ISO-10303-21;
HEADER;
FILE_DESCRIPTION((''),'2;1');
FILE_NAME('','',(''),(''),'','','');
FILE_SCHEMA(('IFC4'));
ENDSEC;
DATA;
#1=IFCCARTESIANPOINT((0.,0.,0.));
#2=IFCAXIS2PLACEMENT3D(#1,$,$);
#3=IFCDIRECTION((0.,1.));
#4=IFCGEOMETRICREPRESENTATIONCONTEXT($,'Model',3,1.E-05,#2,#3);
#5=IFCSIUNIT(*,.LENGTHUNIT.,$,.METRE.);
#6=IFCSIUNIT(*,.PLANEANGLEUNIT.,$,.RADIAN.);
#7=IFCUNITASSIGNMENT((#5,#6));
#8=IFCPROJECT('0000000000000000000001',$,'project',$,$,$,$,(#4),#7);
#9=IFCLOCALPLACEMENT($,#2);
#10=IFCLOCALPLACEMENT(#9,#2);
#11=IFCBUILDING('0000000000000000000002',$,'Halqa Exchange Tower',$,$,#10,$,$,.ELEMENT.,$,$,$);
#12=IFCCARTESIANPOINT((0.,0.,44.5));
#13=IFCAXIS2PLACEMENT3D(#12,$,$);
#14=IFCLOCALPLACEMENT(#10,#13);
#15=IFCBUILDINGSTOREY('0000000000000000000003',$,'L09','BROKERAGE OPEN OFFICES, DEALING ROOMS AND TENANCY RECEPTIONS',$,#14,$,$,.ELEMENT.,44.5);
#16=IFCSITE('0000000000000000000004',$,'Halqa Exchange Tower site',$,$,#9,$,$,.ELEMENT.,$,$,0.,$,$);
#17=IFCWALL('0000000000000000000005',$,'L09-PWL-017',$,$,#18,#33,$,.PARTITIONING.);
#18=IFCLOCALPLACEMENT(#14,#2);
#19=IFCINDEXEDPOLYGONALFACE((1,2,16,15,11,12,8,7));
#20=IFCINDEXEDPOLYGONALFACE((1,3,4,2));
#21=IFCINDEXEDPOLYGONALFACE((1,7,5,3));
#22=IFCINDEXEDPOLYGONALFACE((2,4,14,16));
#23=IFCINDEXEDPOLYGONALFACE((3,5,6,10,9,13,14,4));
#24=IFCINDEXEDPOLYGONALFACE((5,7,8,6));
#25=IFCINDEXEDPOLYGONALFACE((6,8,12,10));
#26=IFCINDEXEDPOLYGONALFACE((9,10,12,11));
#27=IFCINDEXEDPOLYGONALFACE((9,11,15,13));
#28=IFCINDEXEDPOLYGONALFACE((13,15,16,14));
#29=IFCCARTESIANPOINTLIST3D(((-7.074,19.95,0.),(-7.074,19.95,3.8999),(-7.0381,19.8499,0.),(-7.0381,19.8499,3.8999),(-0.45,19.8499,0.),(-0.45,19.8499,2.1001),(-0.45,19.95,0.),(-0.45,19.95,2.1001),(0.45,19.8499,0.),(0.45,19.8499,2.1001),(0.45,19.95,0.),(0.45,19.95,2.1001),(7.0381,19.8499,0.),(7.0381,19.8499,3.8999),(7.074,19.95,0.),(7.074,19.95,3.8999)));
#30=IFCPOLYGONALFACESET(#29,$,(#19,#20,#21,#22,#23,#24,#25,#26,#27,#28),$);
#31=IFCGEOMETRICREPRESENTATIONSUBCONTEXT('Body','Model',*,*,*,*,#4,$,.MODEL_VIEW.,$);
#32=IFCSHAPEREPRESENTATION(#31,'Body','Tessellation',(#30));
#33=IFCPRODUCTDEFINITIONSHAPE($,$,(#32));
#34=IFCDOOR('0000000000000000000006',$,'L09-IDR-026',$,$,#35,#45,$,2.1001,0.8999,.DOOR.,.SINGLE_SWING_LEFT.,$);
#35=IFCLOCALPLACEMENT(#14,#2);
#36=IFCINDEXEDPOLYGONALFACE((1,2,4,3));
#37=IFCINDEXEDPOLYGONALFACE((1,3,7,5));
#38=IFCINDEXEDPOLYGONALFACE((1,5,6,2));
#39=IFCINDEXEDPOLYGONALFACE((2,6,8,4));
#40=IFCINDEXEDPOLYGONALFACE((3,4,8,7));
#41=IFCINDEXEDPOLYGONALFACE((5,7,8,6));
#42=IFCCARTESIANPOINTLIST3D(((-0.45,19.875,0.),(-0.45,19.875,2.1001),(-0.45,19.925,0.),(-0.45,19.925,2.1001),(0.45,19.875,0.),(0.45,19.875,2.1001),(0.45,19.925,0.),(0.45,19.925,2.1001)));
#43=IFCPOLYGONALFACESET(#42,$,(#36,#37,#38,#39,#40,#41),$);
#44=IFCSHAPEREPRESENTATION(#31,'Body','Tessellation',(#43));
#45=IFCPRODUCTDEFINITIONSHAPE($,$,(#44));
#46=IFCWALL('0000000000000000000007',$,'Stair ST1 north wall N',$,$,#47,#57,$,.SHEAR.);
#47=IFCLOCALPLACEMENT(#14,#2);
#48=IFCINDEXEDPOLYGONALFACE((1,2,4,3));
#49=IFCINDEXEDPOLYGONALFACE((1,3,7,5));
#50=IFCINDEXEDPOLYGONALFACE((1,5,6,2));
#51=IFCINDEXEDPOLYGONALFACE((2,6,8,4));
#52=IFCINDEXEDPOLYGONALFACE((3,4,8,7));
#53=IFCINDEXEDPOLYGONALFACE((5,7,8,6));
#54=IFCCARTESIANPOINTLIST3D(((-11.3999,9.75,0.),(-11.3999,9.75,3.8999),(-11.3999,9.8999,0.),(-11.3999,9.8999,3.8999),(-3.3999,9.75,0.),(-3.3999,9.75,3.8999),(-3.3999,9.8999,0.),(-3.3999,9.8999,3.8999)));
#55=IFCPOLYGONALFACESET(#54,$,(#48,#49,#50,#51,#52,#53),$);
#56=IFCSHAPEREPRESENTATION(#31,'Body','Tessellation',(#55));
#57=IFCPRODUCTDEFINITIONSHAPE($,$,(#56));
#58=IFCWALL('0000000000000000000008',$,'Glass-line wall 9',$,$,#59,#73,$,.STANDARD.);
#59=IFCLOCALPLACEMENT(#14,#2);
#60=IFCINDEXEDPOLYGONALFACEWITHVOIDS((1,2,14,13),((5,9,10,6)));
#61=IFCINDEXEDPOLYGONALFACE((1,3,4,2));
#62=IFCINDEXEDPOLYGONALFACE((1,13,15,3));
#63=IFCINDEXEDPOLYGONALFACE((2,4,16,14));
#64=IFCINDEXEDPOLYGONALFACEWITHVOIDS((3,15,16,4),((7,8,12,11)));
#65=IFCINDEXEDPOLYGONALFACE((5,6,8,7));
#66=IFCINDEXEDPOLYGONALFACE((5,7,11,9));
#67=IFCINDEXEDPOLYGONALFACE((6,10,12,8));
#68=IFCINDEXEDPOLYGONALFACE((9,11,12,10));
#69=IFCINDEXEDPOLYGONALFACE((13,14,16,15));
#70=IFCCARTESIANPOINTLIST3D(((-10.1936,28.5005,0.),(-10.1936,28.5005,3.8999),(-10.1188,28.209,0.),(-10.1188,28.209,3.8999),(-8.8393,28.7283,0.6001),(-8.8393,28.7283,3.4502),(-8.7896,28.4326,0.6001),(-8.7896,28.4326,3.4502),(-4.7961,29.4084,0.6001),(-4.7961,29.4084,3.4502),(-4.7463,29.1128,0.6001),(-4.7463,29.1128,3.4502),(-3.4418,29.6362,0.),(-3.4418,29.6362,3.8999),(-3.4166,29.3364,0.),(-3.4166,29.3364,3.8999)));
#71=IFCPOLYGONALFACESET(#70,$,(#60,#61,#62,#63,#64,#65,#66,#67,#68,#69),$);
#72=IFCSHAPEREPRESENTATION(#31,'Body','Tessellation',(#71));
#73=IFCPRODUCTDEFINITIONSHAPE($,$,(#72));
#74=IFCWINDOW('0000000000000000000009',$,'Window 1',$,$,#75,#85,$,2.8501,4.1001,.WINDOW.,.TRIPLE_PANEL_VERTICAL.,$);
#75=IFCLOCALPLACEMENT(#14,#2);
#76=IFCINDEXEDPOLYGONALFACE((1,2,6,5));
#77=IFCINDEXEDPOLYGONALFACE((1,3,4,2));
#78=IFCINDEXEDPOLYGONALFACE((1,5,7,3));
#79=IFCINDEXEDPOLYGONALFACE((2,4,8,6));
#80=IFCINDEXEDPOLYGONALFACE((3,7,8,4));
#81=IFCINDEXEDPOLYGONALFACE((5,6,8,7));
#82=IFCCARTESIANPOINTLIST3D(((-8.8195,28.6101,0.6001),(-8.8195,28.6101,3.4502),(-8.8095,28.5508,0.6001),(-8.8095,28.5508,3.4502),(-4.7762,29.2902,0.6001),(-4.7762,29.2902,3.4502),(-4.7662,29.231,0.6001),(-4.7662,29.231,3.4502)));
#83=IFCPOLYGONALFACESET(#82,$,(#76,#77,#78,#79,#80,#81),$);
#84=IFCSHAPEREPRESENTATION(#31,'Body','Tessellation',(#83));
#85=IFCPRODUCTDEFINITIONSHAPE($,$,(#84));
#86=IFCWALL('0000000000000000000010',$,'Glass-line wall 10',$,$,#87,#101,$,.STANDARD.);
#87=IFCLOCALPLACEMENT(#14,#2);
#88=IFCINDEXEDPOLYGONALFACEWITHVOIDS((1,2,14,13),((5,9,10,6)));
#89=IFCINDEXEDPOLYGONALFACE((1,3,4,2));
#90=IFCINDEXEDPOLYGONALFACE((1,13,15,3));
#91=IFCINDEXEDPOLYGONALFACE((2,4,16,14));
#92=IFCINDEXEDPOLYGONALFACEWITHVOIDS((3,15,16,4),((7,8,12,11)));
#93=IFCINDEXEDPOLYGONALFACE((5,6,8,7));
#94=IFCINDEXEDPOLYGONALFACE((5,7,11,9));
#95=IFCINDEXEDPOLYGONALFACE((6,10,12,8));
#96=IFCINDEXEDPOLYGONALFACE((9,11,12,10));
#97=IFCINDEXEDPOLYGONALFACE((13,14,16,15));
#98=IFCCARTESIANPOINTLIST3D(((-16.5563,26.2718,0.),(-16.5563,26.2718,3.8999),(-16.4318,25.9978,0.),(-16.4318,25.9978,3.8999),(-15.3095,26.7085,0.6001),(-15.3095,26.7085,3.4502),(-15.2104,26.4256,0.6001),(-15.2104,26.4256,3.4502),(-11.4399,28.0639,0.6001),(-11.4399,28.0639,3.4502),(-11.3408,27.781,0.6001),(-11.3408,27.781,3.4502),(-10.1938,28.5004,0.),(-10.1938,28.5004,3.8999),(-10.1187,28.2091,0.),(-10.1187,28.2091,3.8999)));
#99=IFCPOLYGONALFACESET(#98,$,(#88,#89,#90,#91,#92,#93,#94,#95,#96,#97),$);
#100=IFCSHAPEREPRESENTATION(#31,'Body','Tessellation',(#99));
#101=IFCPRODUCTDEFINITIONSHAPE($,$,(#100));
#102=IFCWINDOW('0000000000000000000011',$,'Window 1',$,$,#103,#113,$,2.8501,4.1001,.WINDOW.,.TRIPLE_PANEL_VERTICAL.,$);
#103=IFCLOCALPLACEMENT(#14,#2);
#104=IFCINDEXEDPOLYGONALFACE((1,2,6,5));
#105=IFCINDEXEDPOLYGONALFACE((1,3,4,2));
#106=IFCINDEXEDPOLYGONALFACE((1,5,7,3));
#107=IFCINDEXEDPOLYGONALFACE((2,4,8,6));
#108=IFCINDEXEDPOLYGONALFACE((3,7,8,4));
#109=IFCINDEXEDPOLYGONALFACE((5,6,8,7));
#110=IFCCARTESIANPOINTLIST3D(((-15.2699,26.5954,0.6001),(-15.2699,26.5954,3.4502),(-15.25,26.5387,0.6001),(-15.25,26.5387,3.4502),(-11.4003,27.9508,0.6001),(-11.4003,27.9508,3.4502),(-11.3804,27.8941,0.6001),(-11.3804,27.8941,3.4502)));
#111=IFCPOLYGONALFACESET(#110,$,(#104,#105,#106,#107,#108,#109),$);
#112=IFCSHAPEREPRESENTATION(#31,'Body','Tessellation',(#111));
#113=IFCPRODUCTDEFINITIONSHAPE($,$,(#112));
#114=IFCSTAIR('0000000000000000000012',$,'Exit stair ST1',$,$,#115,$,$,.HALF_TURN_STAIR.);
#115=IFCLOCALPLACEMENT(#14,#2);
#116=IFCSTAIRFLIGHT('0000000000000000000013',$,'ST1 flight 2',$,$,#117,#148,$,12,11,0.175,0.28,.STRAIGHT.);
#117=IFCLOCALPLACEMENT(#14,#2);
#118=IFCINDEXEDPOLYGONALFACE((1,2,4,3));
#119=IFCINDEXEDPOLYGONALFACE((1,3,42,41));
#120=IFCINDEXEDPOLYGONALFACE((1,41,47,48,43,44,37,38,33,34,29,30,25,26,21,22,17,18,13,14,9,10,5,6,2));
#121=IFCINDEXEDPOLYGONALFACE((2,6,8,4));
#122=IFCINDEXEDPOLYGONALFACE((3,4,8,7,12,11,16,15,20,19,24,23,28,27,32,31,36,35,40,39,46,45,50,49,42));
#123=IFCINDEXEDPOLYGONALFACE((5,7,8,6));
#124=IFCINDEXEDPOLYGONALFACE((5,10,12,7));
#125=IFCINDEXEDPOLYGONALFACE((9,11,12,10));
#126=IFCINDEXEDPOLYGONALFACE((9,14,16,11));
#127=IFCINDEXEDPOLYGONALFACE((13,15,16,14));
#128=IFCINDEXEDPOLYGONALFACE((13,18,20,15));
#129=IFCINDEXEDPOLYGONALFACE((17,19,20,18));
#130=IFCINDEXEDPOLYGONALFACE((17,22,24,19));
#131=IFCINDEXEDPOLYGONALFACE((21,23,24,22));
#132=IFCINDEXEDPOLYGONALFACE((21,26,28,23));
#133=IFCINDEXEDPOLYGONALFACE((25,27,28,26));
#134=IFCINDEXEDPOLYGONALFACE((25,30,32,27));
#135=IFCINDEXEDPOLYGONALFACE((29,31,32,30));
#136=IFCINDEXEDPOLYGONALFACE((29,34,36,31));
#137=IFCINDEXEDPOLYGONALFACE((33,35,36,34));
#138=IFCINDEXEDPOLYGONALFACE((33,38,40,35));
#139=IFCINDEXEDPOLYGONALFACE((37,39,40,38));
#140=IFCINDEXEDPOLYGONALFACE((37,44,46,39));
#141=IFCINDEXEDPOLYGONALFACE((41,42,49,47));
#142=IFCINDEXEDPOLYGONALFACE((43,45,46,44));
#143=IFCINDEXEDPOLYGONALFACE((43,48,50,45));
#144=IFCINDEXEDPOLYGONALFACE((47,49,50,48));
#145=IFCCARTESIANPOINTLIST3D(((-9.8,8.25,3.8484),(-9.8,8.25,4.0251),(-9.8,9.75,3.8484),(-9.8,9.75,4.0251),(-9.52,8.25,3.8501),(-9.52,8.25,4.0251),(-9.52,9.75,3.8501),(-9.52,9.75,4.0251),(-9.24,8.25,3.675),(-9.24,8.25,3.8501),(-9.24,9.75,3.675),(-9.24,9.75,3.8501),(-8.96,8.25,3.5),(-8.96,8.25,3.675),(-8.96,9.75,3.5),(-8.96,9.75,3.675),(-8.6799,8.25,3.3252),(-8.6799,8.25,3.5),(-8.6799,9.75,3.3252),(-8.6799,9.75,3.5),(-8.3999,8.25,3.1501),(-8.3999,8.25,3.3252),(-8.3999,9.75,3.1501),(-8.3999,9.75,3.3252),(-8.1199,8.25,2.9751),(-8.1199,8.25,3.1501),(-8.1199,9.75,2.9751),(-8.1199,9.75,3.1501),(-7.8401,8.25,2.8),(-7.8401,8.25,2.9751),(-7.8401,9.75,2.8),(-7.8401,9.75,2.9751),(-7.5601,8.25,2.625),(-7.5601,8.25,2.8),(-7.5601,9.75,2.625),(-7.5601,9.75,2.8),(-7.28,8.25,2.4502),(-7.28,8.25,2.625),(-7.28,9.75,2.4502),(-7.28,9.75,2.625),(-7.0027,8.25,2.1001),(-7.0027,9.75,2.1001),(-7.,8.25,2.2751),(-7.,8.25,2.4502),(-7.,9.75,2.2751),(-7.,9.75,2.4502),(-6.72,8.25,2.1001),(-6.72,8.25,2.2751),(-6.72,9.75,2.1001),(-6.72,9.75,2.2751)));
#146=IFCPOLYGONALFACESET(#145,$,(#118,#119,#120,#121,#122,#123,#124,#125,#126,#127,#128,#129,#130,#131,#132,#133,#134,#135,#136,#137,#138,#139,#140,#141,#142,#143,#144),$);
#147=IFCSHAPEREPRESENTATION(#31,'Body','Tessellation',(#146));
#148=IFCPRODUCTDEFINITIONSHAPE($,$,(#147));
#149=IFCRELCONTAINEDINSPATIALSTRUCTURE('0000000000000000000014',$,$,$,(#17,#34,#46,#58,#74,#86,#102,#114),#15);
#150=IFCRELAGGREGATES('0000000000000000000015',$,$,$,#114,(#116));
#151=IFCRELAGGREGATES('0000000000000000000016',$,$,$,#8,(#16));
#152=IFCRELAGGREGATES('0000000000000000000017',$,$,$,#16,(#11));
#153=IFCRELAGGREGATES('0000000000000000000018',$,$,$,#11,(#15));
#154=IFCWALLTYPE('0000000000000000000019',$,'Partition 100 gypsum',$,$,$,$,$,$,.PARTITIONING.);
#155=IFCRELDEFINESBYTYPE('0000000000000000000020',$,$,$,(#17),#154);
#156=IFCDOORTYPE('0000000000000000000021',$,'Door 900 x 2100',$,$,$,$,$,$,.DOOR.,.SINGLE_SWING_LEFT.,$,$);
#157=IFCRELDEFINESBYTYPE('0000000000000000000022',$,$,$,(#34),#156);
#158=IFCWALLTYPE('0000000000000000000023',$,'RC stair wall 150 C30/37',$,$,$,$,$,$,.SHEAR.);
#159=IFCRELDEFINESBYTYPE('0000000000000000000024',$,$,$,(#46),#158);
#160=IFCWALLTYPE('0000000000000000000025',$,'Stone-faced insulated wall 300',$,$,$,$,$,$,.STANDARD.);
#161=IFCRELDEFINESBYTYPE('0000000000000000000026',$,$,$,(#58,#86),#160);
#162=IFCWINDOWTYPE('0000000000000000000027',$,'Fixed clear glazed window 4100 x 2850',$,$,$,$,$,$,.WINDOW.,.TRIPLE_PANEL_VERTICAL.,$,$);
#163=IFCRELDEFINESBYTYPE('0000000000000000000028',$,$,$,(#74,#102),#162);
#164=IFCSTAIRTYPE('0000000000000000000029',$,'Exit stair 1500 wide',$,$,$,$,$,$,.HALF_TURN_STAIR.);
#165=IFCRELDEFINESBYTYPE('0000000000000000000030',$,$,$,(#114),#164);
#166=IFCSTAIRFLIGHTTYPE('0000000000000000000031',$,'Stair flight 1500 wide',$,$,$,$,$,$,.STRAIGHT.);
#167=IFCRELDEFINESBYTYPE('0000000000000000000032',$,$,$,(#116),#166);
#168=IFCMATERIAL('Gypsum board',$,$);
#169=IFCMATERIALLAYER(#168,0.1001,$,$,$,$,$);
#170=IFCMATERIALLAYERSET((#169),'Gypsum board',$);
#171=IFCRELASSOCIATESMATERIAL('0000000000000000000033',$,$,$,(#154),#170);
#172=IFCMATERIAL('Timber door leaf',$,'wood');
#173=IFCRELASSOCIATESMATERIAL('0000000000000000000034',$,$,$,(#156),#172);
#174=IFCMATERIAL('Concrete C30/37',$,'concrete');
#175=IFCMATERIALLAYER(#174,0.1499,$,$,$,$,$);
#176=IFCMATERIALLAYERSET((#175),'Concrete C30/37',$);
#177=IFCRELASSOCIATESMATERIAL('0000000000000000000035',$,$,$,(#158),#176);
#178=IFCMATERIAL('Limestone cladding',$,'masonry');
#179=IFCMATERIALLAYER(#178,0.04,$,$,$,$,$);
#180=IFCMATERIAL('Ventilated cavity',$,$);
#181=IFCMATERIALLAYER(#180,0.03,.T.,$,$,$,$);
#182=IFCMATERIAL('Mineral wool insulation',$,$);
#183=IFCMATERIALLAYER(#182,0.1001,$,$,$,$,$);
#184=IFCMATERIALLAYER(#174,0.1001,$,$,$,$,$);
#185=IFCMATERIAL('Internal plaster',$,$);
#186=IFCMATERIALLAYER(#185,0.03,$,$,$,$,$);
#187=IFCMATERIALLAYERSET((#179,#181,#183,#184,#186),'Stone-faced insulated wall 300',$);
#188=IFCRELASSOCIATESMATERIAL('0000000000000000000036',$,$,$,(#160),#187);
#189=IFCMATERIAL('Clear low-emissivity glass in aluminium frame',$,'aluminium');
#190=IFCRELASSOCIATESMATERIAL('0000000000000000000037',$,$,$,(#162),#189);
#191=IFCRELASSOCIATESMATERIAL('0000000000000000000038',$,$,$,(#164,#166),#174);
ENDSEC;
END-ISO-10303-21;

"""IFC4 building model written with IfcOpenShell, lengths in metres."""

from ifc_helpers import new_model, si_unit, direction, frame, frame_2d, origin, place, context, subcontext, project, spatial, polyline, rectangle, outline, extrude, material, layer, layer_set, type_object, element, fill, aggregate, save


model = new_model("IFC4")

# Units and contexts
model_context = context("Model", 3, precision=1e-05, world=origin(), true_north=direction((0.0, 1.0)))
body_context = subcontext(model_context, "Body", "Model", "MODEL_VIEW")
ifc_project = project(units=[si_unit("LENGTHUNIT", "METRE"), si_unit("PLANEANGLEUNIT", "RADIAN")], contexts=[model_context])

# Site, building, storey
site_placement = place(None, origin())
site = spatial("IfcSite", under=ifc_project, at=site_placement, Name="Halqa Exchange Tower site", CompositionType="ELEMENT", RefElevation=0.0)
building_placement = place(site_placement, origin())
building = spatial("IfcBuilding", under=site, at=building_placement, Name="Halqa Exchange Tower", CompositionType="ELEMENT")
storey_placement = place(building_placement, frame((0.0, 0.0, 44.5)))
storey = spatial("IfcBuildingStorey", under=building, at=storey_placement, Name="L09", Description="BROKERAGE OPEN OFFICES, DEALING ROOMS AND TENANCY RECEPTIONS", CompositionType="ELEMENT", Elevation=44.5)

# Wall, opening, door
ifc_material_1 = material(Name="Gypsum board")
ifc_layer_1 = layer(ifc_material_1, 0.1001)
ifc_layer_set_1 = layer_set([ifc_layer_1], Name="Gypsum board")
wall_type_1 = type_object("IfcWallType", Name="Partition 100 gypsum", PredefinedType="PARTITIONING", material=ifc_layer_set_1)
wall_1_placement = place(storey_placement, frame((-7.074, 19.8999, 0.0), z_axis=(0.0, 0.0, 1.0), x_axis=(1.0, 0.0, 0.0)))
wall_1 = element("IfcWall", 1, at=wall_1_placement, inside=storey, type_object=wall_type_1, Name="L09-PWL-017", PredefinedType="PARTITIONING", context=body_context, shape_type="SweptSolid", body=[
    extrude(outline(polyline([(0.0359, -0.05), (1.7954, -0.05), (3.5549, -0.05), (5.3145, -0.05), (7.074, -0.05), (8.8335, -0.05), (10.593, -0.05), (12.3525, -0.05), (14.1121, -0.05), (14.1479, 0.05), (14.1479, 0.05), (12.3794, 0.05), (10.6108, 0.05), (8.8425, 0.05), (7.074, 0.05), (5.3054, 0.05), (3.5371, 0.05), (1.7686, 0.05), (0.0, 0.05), (0.0, 0.05), (0.0359, -0.05)])), origin(), (0.0, 0.0, 1.0), 3.8999),
])
opening_1_placement = place(wall_1_placement, frame((6.624, 0.0, 0.0)))
opening_1 = element("IfcOpeningElement", 2, at=opening_1_placement, cuts=wall_1, PredefinedType="OPENING", context=body_context, shape_type="SweptSolid", body=[
    extrude(rectangle(XDim=0.8999, YDim=2.1001, at=frame_2d((0.45, 1.05))), frame((0.0, 0.062, 0.0), z_axis=(0.0, -1.0, 0.0), x_axis=(1.0, 0.0, 0.0)), (0.0, 0.0, 1.0), 0.124),
])
ifc_material_2 = material(Name="Timber door leaf", Category="wood")
door_type = type_object("IfcDoorType", Name="Door 900 x 2100", OperationType="SINGLE_SWING_LEFT", PredefinedType="DOOR", material=ifc_material_2)
door_placement = place(opening_1_placement, frame((0.8999, 0.0, 0.0), z_axis=(0.0, 0.0, 1.0), x_axis=(-1.0, 0.0, 0.0)))
door = element("IfcDoor", 3, at=door_placement, inside=storey, type_object=door_type, Name="L09-IDR-026", OperationType="SINGLE_SWING_LEFT", OverallHeight=2.1001, OverallWidth=0.8999, PredefinedType="DOOR", context=body_context, shape_type="SweptSolid", body=[
    extrude(rectangle(XDim=0.8999, YDim=2.1001, at=frame_2d((0.45, 1.05))), frame((0.0, 0.0249, 0.0), z_axis=(0.0, -1.0, 0.0), x_axis=(1.0, 0.0, 0.0)), (0.0, 0.0, 1.0), 0.05),
])
fill(opening_1, door)

# Wall
ifc_material_3 = material(Name="Concrete C30/37", Category="concrete")
ifc_layer_2 = layer(ifc_material_3, 0.1499)
ifc_layer_set_2 = layer_set([ifc_layer_2], Name="Concrete C30/37")
wall_type_2 = type_object("IfcWallType", Name="RC stair wall 150 C30/37", PredefinedType="SHEAR", material=ifc_layer_set_2)
wall_2_placement = place(storey_placement, frame((-11.3999, 9.825, 0.0), z_axis=(0.0, 0.0, 1.0), x_axis=(1.0, 0.0, 0.0)))
element("IfcWall", 4, at=wall_2_placement, inside=storey, type_object=wall_type_2, Name="Stair ST1 north wall N", PredefinedType="SHEAR", context=body_context, shape_type="SweptSolid", body=[
    extrude(rectangle(XDim=8.0, YDim=0.1499, at=frame_2d((4.0, 0.0))), origin(), (0.0, 0.0, 1.0), 3.8999),
])

# Walls, openings, windows
ifc_material_4 = material(Name="Limestone cladding", Category="masonry")
ifc_layer_3 = layer(ifc_material_4, 0.04)
ifc_material_5 = material(Name="Ventilated cavity")
ifc_layer_4 = layer(ifc_material_5, 0.03, ventilated=True)
ifc_material_6 = material(Name="Mineral wool insulation")
ifc_layer_5 = layer(ifc_material_6, 0.1001)
ifc_layer_6 = layer(ifc_material_3, 0.1001)
ifc_material_7 = material(Name="Internal plaster")
ifc_layer_7 = layer(ifc_material_7, 0.03)
ifc_layer_set_3 = layer_set([ifc_layer_3, ifc_layer_4, ifc_layer_5, ifc_layer_6, ifc_layer_7], Name="Stone-faced insulated wall 300")
wall_type_3 = type_object("IfcWallType", Name="Stone-faced insulated wall 300", PredefinedType="STANDARD", material=ifc_layer_set_3)
wall_3_placement = place(storey_placement, frame((-3.4292, 29.4863, 0.0), z_axis=(0.0, 0.0, 1.0), x_axis=(-0.986145, -0.165885, 0.0)))
wall_3 = element("IfcWall", 5, at=wall_3_placement, inside=storey, type_object=wall_type_3, Name="Glass-line wall 9", PredefinedType="STANDARD", context=body_context, shape_type="SweptSolid", body=[
    extrude(outline(polyline([(-0.0125, -0.1499), (6.8342, -0.1499), (6.8088, 0.1499), (0.0125, 0.1499), (-0.0125, -0.1499)])), origin(), (0.0, 0.0, 1.0), 3.8999),
])
opening_2_placement = place(wall_3_placement, frame((1.3608, 0.0, 0.6001)))
opening_2 = element("IfcOpeningElement", 6, at=opening_2_placement, cuts=wall_3, PredefinedType="OPENING", context=body_context, shape_type="SweptSolid", body=[
    extrude(rectangle(XDim=4.1001, YDim=2.8501, at=frame_2d((2.05, 1.425))), frame((0.0, 0.1621, 0.0), z_axis=(0.0, -1.0, 0.0), x_axis=(1.0, 0.0, 0.0)), (0.0, 0.0, 1.0), 0.324),
])
ifc_material_8 = material(Name="Clear low-emissivity glass in aluminium frame", Category="aluminium")
window_type = type_object("IfcWindowType", Name="Fixed clear glazed window 4100 x 2850", PartitioningType="TRIPLE_PANEL_VERTICAL", PredefinedType="WINDOW", material=ifc_material_8)
window_1_placement = place(opening_2_placement, origin())
window_1 = element("IfcWindow", 7, at=window_1_placement, inside=storey, type_object=window_type, Name="Window 1", OverallHeight=2.8501, OverallWidth=4.1001, PartitioningType="TRIPLE_PANEL_VERTICAL", PredefinedType="WINDOW", context=body_context, shape_type="SweptSolid", body=[
    extrude(rectangle(XDim=4.1001, YDim=2.8501, at=frame_2d((2.05, 1.425))), frame((0.0, 0.03, 0.0), z_axis=(0.0, -1.0, 0.0), x_axis=(1.0, 0.0, 0.0)), (0.0, 0.0, 1.0), 0.0601),
])
fill(opening_2, window_1)
wall_4_placement = place(storey_placement, frame((-10.1562, 28.3547, 0.0), z_axis=(0.0, 0.0, 1.0), x_axis=(-0.943779, -0.330577, 0.0)))
wall_4 = element("IfcWall", 8, at=wall_4_placement, inside=storey, type_object=wall_type_3, Name="Glass-line wall 10", PredefinedType="STANDARD", context=body_context, shape_type="SweptSolid", body=[
    extrude(outline(polyline([(-0.0127, -0.1499), (6.7288, -0.1499), (6.7019, 0.1499), (0.0127, 0.1499), (-0.0127, -0.1499)])), origin(), (0.0, 0.0, 1.0), 3.8999),
])
opening_3_placement = place(wall_4_placement, frame((1.3076, 0.0, 0.6001)))
opening_3 = element("IfcOpeningElement", 9, at=opening_3_placement, cuts=wall_4, PredefinedType="OPENING", context=body_context, shape_type="SweptSolid", body=[
    extrude(rectangle(XDim=4.1001, YDim=2.8501, at=frame_2d((2.05, 1.425))), frame((0.0, 0.1621, 0.0), z_axis=(0.0, -1.0, 0.0), x_axis=(1.0, 0.0, 0.0)), (0.0, 0.0, 1.0), 0.324),
])
window_2_placement = place(opening_3_placement, origin())
window_2 = element("IfcWindow", 10, at=window_2_placement, inside=storey, type_object=window_type, Name="Window 1", OverallHeight=2.8501, OverallWidth=4.1001, PartitioningType="TRIPLE_PANEL_VERTICAL", PredefinedType="WINDOW", context=body_context, shape_type="SweptSolid", body=[
    extrude(rectangle(XDim=4.1001, YDim=2.8501, at=frame_2d((2.05, 1.425))), frame((0.0, 0.03, 0.0), z_axis=(0.0, -1.0, 0.0), x_axis=(1.0, 0.0, 0.0)), (0.0, 0.0, 1.0), 0.0601),
])
fill(opening_3, window_2)

# Stair, stair flight
stair_type = type_object("IfcStairType", Name="Exit stair 1500 wide", PredefinedType="HALF_TURN_STAIR", material=ifc_material_3)
stair_placement = place(storey_placement, origin())
stair = element("IfcStair", 11, at=stair_placement, inside=storey, type_object=stair_type, Name="Exit stair ST1", PredefinedType="HALF_TURN_STAIR")
stair_flight_type = type_object("IfcStairFlightType", Name="Stair flight 1500 wide", PredefinedType="STRAIGHT", material=ifc_material_3)
stair_flight_placement = place(storey_placement, frame((-6.72, 9.0, 2.1001), z_axis=(0.0, 0.0, 1.0), x_axis=(-1.0, 0.0, 0.0)))
stair_flight = element("IfcStairFlight", 12, at=stair_flight_placement, type_object=stair_flight_type, Name="ST1 flight 2", NumberOfRisers=12, NumberOfTreads=11, PredefinedType="STRAIGHT", RiserHeight=0.175, TreadLength=0.28, context=body_context, shape_type="SweptSolid", body=[
    extrude(outline(polyline([(0.0, 0.0), (0.0, 0.175), (0.28, 0.175), (0.28, 0.3501), (0.5601, 0.3501), (0.5601, 0.5249), (0.8401, 0.5249), (0.8401, 0.7), (1.1201, 0.7), (1.1201, 0.875), (1.3999, 0.875), (1.3999, 1.05), (1.6799, 1.05), (1.6799, 1.2251), (1.96, 1.2251), (1.96, 1.3999), (2.24, 1.3999), (2.24, 1.575), (2.52, 1.575), (2.52, 1.75), (2.8, 1.75), (2.8, 1.925), (3.0801, 1.925), (3.0801, 2.1001), (3.0801, 1.7483), (0.2827, 0.0), (0.0, 0.0)])), frame((0.0, 0.75, 0.0), z_axis=(0.0, -1.0, 0.0), x_axis=(1.0, 0.0, 0.0)), (0.0, 0.0, 1.0), 1.5),
])
aggregate(stair, [stair_flight])

save(model, "model.ifc")
